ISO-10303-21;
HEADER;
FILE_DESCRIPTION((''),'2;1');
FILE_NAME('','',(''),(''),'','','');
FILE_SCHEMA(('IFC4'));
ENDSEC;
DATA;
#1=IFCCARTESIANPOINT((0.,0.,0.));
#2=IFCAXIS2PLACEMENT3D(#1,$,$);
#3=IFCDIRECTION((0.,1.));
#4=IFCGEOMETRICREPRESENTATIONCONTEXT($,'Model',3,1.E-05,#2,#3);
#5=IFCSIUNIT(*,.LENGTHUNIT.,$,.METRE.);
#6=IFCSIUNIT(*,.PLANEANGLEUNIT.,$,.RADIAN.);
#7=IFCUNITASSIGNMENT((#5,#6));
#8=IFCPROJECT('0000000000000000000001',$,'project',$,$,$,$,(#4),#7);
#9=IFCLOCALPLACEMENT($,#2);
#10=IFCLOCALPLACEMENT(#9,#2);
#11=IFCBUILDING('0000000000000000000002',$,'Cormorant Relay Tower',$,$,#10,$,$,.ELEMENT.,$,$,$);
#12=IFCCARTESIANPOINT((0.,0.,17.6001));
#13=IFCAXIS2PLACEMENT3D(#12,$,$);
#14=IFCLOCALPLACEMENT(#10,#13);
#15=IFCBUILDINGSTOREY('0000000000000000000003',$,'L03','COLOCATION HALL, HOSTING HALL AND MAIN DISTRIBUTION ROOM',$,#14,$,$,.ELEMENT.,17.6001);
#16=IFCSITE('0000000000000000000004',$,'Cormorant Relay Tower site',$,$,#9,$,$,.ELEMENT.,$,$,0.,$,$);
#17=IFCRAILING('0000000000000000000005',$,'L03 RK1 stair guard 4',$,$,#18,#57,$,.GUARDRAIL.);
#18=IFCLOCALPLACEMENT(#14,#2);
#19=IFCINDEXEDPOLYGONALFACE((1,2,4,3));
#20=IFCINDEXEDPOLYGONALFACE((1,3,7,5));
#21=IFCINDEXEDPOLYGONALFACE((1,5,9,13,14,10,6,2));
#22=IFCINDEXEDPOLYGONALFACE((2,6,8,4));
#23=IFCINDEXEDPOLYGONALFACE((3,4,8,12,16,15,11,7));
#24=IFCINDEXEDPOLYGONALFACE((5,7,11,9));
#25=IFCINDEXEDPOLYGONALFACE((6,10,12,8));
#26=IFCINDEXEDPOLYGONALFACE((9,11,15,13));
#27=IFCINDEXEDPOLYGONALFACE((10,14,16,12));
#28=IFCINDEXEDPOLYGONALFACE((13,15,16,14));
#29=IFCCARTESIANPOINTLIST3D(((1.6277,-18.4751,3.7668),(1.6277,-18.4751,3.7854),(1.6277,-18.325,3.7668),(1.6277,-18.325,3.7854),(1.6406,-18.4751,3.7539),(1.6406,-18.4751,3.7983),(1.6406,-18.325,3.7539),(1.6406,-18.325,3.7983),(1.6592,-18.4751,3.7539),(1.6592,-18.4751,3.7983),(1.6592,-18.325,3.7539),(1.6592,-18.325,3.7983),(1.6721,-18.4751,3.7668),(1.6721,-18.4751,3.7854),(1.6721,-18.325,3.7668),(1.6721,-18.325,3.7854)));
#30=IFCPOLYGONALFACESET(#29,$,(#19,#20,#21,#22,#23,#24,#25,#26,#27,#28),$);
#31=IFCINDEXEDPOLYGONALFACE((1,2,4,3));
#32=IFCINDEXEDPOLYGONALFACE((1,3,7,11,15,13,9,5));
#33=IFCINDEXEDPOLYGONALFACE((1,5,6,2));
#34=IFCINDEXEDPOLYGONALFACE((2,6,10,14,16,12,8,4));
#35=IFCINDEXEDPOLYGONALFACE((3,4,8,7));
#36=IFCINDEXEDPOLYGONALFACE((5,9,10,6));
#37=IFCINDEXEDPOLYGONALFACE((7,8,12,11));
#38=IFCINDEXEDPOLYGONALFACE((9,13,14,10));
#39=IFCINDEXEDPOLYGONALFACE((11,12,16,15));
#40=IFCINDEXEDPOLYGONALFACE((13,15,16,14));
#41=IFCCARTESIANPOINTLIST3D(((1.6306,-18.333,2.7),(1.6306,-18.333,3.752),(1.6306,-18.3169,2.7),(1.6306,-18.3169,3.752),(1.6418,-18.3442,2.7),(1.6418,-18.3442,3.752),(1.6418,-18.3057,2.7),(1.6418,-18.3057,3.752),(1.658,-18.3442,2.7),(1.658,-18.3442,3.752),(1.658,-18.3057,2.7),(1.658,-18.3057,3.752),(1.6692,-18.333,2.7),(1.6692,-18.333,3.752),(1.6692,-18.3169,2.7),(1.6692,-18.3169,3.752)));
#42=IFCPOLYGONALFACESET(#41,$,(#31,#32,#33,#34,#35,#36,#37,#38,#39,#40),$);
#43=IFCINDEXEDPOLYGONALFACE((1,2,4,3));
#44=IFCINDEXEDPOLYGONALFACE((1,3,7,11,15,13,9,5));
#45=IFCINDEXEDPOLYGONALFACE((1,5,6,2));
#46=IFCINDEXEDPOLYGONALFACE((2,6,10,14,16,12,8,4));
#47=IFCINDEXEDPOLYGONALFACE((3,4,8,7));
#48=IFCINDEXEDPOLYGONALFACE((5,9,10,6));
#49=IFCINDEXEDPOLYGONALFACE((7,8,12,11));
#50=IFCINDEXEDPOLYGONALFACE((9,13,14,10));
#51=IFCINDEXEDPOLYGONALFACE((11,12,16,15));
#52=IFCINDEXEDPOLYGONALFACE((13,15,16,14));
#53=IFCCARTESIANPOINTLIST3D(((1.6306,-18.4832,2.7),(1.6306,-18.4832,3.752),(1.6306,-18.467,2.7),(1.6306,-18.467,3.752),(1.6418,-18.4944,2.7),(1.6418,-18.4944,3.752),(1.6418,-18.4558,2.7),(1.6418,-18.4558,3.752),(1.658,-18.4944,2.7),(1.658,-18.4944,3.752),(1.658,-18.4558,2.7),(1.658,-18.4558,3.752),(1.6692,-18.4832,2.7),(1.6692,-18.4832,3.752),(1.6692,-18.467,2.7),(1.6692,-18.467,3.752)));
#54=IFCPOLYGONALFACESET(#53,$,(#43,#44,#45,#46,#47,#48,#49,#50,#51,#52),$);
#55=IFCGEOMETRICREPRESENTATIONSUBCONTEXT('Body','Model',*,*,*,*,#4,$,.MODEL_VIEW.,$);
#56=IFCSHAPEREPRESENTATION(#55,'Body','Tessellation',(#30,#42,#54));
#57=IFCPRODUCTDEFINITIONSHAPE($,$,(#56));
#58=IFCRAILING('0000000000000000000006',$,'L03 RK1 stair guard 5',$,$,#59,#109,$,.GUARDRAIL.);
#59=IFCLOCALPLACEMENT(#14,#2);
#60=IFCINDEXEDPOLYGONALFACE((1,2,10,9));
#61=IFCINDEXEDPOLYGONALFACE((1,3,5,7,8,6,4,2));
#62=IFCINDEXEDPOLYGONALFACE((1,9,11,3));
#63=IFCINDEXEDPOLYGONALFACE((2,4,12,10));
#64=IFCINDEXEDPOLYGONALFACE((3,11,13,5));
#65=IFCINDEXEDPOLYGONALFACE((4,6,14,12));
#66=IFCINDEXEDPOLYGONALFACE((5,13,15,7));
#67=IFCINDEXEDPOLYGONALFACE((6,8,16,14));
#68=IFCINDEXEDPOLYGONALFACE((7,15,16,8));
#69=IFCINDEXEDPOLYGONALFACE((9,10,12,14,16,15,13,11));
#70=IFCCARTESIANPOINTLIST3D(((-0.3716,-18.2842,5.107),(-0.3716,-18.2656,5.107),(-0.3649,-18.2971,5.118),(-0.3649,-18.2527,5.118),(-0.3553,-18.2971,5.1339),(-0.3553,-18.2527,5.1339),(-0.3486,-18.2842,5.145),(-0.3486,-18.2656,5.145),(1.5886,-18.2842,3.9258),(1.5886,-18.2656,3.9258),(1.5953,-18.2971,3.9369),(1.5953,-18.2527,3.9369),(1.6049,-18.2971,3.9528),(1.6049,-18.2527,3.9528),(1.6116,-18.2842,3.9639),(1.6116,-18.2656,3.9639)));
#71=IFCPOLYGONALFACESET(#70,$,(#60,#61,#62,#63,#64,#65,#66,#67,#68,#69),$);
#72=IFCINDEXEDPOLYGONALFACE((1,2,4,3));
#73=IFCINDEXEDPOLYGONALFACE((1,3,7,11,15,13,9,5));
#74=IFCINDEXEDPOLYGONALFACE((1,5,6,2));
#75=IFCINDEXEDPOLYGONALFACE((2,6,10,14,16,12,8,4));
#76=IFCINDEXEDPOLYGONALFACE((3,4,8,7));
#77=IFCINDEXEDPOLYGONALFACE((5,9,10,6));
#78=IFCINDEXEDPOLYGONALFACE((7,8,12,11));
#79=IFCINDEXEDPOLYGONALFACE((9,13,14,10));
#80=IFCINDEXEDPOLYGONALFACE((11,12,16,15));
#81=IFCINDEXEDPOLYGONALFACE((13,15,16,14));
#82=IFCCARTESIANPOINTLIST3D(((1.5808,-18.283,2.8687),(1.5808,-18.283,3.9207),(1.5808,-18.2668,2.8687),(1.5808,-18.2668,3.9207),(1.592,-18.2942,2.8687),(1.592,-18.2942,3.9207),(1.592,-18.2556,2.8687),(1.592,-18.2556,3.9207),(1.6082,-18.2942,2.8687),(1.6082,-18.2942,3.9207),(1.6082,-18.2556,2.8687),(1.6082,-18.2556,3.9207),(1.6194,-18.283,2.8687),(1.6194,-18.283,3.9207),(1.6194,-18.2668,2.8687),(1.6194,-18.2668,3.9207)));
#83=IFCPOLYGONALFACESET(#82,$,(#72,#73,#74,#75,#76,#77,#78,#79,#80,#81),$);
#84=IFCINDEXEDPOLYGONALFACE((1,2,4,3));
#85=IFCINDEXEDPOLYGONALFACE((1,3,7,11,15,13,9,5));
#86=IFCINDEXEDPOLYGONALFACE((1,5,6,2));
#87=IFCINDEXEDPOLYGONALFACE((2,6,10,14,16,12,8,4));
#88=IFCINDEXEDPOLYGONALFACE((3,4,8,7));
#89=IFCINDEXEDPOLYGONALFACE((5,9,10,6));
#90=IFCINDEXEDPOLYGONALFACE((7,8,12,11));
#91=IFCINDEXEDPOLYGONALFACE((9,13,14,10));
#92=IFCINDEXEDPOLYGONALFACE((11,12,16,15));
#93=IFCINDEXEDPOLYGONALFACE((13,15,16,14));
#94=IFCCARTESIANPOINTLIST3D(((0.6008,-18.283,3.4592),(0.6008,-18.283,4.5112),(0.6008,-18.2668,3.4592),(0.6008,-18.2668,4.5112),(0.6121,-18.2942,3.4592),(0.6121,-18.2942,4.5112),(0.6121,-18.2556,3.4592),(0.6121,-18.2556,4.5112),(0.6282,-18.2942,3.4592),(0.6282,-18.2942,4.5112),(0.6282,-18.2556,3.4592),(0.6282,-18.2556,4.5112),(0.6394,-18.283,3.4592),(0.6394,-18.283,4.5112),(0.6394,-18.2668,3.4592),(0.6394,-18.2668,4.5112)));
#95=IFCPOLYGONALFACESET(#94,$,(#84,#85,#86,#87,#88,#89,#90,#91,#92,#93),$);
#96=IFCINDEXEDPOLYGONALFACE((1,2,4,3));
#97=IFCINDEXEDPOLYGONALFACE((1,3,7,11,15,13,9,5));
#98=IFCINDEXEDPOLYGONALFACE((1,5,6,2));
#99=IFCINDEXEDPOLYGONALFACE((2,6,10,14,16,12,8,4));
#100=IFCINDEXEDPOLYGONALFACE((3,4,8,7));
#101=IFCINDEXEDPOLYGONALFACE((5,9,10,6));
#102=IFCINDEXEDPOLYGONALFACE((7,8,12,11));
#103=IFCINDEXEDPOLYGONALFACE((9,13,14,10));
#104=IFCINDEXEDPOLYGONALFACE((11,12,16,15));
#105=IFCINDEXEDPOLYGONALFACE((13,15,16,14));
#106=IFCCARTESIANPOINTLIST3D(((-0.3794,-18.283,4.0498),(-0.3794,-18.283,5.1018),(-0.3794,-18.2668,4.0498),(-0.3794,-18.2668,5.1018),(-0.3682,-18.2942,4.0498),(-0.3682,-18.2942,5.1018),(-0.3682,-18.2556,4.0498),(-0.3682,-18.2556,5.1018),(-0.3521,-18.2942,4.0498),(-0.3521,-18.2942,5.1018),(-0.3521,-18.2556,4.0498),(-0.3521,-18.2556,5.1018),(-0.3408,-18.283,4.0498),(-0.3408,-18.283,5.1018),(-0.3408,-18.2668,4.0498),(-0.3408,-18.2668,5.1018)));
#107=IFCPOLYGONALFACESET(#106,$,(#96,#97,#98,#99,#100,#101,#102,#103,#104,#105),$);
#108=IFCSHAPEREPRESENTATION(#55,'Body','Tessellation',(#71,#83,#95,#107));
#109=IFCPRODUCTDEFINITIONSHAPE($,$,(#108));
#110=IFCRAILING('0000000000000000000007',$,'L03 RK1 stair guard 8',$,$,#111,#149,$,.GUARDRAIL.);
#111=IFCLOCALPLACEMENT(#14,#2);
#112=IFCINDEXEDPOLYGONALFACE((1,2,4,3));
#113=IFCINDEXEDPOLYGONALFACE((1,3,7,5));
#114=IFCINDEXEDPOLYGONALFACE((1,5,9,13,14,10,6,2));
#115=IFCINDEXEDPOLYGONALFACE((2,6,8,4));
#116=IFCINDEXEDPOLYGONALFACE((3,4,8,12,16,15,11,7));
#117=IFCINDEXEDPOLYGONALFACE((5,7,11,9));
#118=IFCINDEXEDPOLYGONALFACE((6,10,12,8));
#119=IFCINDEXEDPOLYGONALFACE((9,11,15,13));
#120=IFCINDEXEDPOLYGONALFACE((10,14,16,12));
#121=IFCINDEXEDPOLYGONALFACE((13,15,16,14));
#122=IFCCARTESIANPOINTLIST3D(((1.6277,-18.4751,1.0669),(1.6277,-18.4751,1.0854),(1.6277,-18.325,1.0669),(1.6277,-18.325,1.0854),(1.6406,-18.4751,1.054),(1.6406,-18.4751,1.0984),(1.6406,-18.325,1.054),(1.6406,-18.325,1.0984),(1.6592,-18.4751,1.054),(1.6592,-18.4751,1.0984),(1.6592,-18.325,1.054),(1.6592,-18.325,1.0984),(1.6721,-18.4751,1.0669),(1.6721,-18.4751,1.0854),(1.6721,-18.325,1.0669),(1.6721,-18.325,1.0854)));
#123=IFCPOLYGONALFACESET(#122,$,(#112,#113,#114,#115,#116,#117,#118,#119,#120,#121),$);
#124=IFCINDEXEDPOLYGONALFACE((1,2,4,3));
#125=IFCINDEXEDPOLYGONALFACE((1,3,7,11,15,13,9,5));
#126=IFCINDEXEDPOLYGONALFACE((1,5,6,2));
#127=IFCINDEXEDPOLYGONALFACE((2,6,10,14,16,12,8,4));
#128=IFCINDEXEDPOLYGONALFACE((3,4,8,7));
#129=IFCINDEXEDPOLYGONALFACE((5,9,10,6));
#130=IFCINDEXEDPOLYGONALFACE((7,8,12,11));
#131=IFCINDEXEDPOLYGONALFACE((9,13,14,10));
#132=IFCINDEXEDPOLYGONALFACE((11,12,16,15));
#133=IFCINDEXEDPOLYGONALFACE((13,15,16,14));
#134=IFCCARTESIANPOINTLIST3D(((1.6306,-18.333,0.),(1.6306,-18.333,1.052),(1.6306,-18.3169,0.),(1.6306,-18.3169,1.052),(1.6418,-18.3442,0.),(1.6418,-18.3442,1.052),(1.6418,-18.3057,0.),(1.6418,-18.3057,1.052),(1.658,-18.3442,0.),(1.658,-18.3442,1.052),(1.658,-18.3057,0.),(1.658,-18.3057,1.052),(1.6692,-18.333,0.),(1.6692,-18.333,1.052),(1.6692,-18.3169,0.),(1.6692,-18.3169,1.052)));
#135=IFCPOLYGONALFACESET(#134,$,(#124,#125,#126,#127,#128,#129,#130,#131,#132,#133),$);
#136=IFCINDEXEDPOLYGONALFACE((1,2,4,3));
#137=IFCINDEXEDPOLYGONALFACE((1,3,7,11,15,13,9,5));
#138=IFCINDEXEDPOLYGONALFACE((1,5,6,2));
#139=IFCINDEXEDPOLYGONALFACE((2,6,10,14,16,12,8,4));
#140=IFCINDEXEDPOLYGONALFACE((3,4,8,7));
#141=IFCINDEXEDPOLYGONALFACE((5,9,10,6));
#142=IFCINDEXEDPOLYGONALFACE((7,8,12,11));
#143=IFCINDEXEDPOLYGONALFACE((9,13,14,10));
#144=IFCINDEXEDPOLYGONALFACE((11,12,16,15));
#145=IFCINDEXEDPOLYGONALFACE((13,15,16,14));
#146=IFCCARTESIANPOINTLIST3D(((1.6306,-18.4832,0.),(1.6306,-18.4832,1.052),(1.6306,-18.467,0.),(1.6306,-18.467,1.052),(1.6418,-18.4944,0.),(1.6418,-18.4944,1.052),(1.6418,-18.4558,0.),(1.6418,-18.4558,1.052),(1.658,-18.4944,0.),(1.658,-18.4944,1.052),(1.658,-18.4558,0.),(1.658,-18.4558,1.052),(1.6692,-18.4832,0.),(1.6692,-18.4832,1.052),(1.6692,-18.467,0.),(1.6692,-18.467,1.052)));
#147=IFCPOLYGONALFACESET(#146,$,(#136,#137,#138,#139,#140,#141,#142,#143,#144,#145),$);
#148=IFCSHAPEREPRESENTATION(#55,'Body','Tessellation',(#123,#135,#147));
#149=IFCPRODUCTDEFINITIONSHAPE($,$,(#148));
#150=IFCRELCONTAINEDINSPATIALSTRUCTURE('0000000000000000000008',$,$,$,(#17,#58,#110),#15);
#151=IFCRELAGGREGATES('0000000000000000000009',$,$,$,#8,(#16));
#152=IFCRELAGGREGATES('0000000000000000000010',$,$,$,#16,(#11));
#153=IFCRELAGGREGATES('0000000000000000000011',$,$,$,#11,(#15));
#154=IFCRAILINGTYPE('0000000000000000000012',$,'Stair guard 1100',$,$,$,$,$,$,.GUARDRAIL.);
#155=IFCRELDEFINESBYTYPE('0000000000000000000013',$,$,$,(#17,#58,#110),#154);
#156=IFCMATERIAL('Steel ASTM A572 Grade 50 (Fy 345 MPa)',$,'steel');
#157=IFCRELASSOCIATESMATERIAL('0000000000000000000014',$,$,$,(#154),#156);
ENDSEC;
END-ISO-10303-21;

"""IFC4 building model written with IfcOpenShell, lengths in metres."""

from ifc_helpers import new_model, si_unit, direction, frame, origin, place, context, subcontext, project, spatial, polyline, outline, extrude, material, type_object, element, save


model = new_model("IFC4")

# Units and contexts
model_context = context("Model", 3, precision=1e-05, world=origin(), true_north=direction((0.0, 1.0)))
body_context = subcontext(model_context, "Body", "Model", "MODEL_VIEW")
ifc_project = project(units=[si_unit("LENGTHUNIT", "METRE"), si_unit("PLANEANGLEUNIT", "RADIAN")], contexts=[model_context])

# Site, building, storey
site_placement = place(None, origin())
site = spatial("IfcSite", under=ifc_project, at=site_placement, Name="Cormorant Relay Tower site", CompositionType="ELEMENT", RefElevation=0.0)
building_placement = place(site_placement, origin())
building = spatial("IfcBuilding", under=site, at=building_placement, Name="Cormorant Relay Tower", CompositionType="ELEMENT")
storey_placement = place(building_placement, frame((0.0, 0.0, 17.6001)))
storey = spatial("IfcBuildingStorey", under=building, at=storey_placement, Name="L03", Description="COLOCATION HALL, HOSTING HALL AND MAIN DISTRIBUTION ROOM", CompositionType="ELEMENT", Elevation=17.6001)

# Railings
ifc_material_1 = material(Name="Steel ASTM A572 Grade 50 (Fy 345 MPa)", Category="steel")
railing_type_1 = type_object("IfcRailingType", Name="Stair guard 1100", PredefinedType="GUARDRAIL", material=ifc_material_1)
railing_1_placement = place(storey_placement, frame((1.6499, -18.325, 2.7)))
element("IfcRailing", 1, at=railing_1_placement, inside=storey, type_object=railing_type_1, Name="L03 RK1 stair guard 4", PredefinedType="GUARDRAIL", context=body_context, shape_type="SweptSolid", body=[
    extrude(outline(polyline([(0.0222, 0.0093), (0.0093, 0.0222), (-0.0093, 0.0222), (-0.0222, 0.0093), (-0.0222, -0.0093), (-0.0093, -0.0222), (0.0093, -0.0222), (0.0222, -0.0093), (0.0222, 0.0093)])), frame((0.0, 0.0, 1.0762), z_axis=(0.0, -1.0, 0.0), x_axis=(1.0, 0.0, 0.0)), (0.0, 0.0, 1.0), 0.1501),
    extrude(outline(polyline([(0.0193, 0.0081), (0.0081, 0.0193), (-0.0081, 0.0193), (-0.0193, 0.0081), (-0.0193, -0.0081), (-0.0081, -0.0193), (0.0081, -0.0193), (0.0193, -0.0081), (0.0193, 0.0081)])), origin(), (0.0, 0.0, 1.0), 1.052),
    extrude(outline(polyline([(0.0193, 0.0081), (0.0081, 0.0193), (-0.0081, 0.0193), (-0.0193, 0.0081), (-0.0193, -0.0081), (-0.0081, -0.0193), (0.0081, -0.0193), (0.0193, -0.0081), (0.0193, 0.0081)])), frame((0.0, -0.1501, 0.0)), (0.0, 0.0, 1.0), 1.052),
])
railing_2_placement = place(storey_placement, frame((1.6001, -18.2749, 2.8687)))
element("IfcRailing", 2, at=railing_2_placement, inside=storey, type_object=railing_type_1, Name="L03 RK1 stair guard 5", PredefinedType="GUARDRAIL", context=body_context, shape_type="SweptSolid", body=[
    extrude(outline(polyline([(0.0222, 0.0093), (0.0093, 0.0222), (-0.0093, 0.0222), (-0.0222, 0.0093), (-0.0222, -0.0093), (-0.0093, -0.0222), (0.0093, -0.0222), (0.0222, -0.0093), (0.0222, 0.0093)])), frame((0.0, 0.0, 1.0762), z_axis=(-0.856522, 0.0, 0.516111), x_axis=(0.0, -1.0, 0.0)), (0.0, 0.0, 1.0), 2.2886),
    extrude(outline(polyline([(0.0193, 0.0081), (0.0081, 0.0193), (-0.0081, 0.0193), (-0.0193, 0.0081), (-0.0193, -0.0081), (-0.0081, -0.0193), (0.0081, -0.0193), (0.0193, -0.0081), (0.0193, 0.0081)])), origin(), (0.0, 0.0, 1.0), 1.052),
    extrude(outline(polyline([(0.0193, 0.0081), (0.0081, 0.0193), (-0.0081, 0.0193), (-0.0193, 0.0081), (-0.0193, -0.0081), (-0.0081, -0.0193), (0.0081, -0.0193), (0.0193, -0.0081), (0.0193, 0.0081)])), frame((-0.98, 0.0, 0.5906)), (0.0, 0.0, 1.0), 1.052),
    extrude(outline(polyline([(0.0193, 0.0081), (0.0081, 0.0193), (-0.0081, 0.0193), (-0.0193, 0.0081), (-0.0193, -0.0081), (-0.0081, -0.0193), (0.0081, -0.0193), (0.0193, -0.0081), (0.0193, 0.0081)])), frame((-1.9602, 0.0, 1.1812)), (0.0, 0.0, 1.0), 1.052),
])
railing_3_placement = place(storey_placement, frame((1.6499, -18.325, 0.0)))
element("IfcRailing", 3, at=railing_3_placement, inside=storey, type_object=railing_type_1, Name="L03 RK1 stair guard 8", PredefinedType="GUARDRAIL", context=body_context, shape_type="SweptSolid", body=[
    extrude(outline(polyline([(0.0222, 0.0093), (0.0093, 0.0222), (-0.0093, 0.0222), (-0.0222, 0.0093), (-0.0222, -0.0093), (-0.0093, -0.0222), (0.0093, -0.0222), (0.0222, -0.0093), (0.0222, 0.0093)])), frame((0.0, 0.0, 1.0762), z_axis=(0.0, -1.0, 0.0), x_axis=(1.0, 0.0, 0.0)), (0.0, 0.0, 1.0), 0.1501),
    extrude(outline(polyline([(0.0193, 0.0081), (0.0081, 0.0193), (-0.0081, 0.0193), (-0.0193, 0.0081), (-0.0193, -0.0081), (-0.0081, -0.0193), (0.0081, -0.0193), (0.0193, -0.0081), (0.0193, 0.0081)])), origin(), (0.0, 0.0, 1.0), 1.052),
    extrude(outline(polyline([(0.0193, 0.0081), (0.0081, 0.0193), (-0.0081, 0.0193), (-0.0193, 0.0081), (-0.0193, -0.0081), (-0.0081, -0.0193), (0.0081, -0.0193), (0.0193, -0.0081), (0.0193, 0.0081)])), frame((0.0, -0.1501, 0.0)), (0.0, 0.0, 1.0), 1.052),
])

save(model, "model.ifc")
